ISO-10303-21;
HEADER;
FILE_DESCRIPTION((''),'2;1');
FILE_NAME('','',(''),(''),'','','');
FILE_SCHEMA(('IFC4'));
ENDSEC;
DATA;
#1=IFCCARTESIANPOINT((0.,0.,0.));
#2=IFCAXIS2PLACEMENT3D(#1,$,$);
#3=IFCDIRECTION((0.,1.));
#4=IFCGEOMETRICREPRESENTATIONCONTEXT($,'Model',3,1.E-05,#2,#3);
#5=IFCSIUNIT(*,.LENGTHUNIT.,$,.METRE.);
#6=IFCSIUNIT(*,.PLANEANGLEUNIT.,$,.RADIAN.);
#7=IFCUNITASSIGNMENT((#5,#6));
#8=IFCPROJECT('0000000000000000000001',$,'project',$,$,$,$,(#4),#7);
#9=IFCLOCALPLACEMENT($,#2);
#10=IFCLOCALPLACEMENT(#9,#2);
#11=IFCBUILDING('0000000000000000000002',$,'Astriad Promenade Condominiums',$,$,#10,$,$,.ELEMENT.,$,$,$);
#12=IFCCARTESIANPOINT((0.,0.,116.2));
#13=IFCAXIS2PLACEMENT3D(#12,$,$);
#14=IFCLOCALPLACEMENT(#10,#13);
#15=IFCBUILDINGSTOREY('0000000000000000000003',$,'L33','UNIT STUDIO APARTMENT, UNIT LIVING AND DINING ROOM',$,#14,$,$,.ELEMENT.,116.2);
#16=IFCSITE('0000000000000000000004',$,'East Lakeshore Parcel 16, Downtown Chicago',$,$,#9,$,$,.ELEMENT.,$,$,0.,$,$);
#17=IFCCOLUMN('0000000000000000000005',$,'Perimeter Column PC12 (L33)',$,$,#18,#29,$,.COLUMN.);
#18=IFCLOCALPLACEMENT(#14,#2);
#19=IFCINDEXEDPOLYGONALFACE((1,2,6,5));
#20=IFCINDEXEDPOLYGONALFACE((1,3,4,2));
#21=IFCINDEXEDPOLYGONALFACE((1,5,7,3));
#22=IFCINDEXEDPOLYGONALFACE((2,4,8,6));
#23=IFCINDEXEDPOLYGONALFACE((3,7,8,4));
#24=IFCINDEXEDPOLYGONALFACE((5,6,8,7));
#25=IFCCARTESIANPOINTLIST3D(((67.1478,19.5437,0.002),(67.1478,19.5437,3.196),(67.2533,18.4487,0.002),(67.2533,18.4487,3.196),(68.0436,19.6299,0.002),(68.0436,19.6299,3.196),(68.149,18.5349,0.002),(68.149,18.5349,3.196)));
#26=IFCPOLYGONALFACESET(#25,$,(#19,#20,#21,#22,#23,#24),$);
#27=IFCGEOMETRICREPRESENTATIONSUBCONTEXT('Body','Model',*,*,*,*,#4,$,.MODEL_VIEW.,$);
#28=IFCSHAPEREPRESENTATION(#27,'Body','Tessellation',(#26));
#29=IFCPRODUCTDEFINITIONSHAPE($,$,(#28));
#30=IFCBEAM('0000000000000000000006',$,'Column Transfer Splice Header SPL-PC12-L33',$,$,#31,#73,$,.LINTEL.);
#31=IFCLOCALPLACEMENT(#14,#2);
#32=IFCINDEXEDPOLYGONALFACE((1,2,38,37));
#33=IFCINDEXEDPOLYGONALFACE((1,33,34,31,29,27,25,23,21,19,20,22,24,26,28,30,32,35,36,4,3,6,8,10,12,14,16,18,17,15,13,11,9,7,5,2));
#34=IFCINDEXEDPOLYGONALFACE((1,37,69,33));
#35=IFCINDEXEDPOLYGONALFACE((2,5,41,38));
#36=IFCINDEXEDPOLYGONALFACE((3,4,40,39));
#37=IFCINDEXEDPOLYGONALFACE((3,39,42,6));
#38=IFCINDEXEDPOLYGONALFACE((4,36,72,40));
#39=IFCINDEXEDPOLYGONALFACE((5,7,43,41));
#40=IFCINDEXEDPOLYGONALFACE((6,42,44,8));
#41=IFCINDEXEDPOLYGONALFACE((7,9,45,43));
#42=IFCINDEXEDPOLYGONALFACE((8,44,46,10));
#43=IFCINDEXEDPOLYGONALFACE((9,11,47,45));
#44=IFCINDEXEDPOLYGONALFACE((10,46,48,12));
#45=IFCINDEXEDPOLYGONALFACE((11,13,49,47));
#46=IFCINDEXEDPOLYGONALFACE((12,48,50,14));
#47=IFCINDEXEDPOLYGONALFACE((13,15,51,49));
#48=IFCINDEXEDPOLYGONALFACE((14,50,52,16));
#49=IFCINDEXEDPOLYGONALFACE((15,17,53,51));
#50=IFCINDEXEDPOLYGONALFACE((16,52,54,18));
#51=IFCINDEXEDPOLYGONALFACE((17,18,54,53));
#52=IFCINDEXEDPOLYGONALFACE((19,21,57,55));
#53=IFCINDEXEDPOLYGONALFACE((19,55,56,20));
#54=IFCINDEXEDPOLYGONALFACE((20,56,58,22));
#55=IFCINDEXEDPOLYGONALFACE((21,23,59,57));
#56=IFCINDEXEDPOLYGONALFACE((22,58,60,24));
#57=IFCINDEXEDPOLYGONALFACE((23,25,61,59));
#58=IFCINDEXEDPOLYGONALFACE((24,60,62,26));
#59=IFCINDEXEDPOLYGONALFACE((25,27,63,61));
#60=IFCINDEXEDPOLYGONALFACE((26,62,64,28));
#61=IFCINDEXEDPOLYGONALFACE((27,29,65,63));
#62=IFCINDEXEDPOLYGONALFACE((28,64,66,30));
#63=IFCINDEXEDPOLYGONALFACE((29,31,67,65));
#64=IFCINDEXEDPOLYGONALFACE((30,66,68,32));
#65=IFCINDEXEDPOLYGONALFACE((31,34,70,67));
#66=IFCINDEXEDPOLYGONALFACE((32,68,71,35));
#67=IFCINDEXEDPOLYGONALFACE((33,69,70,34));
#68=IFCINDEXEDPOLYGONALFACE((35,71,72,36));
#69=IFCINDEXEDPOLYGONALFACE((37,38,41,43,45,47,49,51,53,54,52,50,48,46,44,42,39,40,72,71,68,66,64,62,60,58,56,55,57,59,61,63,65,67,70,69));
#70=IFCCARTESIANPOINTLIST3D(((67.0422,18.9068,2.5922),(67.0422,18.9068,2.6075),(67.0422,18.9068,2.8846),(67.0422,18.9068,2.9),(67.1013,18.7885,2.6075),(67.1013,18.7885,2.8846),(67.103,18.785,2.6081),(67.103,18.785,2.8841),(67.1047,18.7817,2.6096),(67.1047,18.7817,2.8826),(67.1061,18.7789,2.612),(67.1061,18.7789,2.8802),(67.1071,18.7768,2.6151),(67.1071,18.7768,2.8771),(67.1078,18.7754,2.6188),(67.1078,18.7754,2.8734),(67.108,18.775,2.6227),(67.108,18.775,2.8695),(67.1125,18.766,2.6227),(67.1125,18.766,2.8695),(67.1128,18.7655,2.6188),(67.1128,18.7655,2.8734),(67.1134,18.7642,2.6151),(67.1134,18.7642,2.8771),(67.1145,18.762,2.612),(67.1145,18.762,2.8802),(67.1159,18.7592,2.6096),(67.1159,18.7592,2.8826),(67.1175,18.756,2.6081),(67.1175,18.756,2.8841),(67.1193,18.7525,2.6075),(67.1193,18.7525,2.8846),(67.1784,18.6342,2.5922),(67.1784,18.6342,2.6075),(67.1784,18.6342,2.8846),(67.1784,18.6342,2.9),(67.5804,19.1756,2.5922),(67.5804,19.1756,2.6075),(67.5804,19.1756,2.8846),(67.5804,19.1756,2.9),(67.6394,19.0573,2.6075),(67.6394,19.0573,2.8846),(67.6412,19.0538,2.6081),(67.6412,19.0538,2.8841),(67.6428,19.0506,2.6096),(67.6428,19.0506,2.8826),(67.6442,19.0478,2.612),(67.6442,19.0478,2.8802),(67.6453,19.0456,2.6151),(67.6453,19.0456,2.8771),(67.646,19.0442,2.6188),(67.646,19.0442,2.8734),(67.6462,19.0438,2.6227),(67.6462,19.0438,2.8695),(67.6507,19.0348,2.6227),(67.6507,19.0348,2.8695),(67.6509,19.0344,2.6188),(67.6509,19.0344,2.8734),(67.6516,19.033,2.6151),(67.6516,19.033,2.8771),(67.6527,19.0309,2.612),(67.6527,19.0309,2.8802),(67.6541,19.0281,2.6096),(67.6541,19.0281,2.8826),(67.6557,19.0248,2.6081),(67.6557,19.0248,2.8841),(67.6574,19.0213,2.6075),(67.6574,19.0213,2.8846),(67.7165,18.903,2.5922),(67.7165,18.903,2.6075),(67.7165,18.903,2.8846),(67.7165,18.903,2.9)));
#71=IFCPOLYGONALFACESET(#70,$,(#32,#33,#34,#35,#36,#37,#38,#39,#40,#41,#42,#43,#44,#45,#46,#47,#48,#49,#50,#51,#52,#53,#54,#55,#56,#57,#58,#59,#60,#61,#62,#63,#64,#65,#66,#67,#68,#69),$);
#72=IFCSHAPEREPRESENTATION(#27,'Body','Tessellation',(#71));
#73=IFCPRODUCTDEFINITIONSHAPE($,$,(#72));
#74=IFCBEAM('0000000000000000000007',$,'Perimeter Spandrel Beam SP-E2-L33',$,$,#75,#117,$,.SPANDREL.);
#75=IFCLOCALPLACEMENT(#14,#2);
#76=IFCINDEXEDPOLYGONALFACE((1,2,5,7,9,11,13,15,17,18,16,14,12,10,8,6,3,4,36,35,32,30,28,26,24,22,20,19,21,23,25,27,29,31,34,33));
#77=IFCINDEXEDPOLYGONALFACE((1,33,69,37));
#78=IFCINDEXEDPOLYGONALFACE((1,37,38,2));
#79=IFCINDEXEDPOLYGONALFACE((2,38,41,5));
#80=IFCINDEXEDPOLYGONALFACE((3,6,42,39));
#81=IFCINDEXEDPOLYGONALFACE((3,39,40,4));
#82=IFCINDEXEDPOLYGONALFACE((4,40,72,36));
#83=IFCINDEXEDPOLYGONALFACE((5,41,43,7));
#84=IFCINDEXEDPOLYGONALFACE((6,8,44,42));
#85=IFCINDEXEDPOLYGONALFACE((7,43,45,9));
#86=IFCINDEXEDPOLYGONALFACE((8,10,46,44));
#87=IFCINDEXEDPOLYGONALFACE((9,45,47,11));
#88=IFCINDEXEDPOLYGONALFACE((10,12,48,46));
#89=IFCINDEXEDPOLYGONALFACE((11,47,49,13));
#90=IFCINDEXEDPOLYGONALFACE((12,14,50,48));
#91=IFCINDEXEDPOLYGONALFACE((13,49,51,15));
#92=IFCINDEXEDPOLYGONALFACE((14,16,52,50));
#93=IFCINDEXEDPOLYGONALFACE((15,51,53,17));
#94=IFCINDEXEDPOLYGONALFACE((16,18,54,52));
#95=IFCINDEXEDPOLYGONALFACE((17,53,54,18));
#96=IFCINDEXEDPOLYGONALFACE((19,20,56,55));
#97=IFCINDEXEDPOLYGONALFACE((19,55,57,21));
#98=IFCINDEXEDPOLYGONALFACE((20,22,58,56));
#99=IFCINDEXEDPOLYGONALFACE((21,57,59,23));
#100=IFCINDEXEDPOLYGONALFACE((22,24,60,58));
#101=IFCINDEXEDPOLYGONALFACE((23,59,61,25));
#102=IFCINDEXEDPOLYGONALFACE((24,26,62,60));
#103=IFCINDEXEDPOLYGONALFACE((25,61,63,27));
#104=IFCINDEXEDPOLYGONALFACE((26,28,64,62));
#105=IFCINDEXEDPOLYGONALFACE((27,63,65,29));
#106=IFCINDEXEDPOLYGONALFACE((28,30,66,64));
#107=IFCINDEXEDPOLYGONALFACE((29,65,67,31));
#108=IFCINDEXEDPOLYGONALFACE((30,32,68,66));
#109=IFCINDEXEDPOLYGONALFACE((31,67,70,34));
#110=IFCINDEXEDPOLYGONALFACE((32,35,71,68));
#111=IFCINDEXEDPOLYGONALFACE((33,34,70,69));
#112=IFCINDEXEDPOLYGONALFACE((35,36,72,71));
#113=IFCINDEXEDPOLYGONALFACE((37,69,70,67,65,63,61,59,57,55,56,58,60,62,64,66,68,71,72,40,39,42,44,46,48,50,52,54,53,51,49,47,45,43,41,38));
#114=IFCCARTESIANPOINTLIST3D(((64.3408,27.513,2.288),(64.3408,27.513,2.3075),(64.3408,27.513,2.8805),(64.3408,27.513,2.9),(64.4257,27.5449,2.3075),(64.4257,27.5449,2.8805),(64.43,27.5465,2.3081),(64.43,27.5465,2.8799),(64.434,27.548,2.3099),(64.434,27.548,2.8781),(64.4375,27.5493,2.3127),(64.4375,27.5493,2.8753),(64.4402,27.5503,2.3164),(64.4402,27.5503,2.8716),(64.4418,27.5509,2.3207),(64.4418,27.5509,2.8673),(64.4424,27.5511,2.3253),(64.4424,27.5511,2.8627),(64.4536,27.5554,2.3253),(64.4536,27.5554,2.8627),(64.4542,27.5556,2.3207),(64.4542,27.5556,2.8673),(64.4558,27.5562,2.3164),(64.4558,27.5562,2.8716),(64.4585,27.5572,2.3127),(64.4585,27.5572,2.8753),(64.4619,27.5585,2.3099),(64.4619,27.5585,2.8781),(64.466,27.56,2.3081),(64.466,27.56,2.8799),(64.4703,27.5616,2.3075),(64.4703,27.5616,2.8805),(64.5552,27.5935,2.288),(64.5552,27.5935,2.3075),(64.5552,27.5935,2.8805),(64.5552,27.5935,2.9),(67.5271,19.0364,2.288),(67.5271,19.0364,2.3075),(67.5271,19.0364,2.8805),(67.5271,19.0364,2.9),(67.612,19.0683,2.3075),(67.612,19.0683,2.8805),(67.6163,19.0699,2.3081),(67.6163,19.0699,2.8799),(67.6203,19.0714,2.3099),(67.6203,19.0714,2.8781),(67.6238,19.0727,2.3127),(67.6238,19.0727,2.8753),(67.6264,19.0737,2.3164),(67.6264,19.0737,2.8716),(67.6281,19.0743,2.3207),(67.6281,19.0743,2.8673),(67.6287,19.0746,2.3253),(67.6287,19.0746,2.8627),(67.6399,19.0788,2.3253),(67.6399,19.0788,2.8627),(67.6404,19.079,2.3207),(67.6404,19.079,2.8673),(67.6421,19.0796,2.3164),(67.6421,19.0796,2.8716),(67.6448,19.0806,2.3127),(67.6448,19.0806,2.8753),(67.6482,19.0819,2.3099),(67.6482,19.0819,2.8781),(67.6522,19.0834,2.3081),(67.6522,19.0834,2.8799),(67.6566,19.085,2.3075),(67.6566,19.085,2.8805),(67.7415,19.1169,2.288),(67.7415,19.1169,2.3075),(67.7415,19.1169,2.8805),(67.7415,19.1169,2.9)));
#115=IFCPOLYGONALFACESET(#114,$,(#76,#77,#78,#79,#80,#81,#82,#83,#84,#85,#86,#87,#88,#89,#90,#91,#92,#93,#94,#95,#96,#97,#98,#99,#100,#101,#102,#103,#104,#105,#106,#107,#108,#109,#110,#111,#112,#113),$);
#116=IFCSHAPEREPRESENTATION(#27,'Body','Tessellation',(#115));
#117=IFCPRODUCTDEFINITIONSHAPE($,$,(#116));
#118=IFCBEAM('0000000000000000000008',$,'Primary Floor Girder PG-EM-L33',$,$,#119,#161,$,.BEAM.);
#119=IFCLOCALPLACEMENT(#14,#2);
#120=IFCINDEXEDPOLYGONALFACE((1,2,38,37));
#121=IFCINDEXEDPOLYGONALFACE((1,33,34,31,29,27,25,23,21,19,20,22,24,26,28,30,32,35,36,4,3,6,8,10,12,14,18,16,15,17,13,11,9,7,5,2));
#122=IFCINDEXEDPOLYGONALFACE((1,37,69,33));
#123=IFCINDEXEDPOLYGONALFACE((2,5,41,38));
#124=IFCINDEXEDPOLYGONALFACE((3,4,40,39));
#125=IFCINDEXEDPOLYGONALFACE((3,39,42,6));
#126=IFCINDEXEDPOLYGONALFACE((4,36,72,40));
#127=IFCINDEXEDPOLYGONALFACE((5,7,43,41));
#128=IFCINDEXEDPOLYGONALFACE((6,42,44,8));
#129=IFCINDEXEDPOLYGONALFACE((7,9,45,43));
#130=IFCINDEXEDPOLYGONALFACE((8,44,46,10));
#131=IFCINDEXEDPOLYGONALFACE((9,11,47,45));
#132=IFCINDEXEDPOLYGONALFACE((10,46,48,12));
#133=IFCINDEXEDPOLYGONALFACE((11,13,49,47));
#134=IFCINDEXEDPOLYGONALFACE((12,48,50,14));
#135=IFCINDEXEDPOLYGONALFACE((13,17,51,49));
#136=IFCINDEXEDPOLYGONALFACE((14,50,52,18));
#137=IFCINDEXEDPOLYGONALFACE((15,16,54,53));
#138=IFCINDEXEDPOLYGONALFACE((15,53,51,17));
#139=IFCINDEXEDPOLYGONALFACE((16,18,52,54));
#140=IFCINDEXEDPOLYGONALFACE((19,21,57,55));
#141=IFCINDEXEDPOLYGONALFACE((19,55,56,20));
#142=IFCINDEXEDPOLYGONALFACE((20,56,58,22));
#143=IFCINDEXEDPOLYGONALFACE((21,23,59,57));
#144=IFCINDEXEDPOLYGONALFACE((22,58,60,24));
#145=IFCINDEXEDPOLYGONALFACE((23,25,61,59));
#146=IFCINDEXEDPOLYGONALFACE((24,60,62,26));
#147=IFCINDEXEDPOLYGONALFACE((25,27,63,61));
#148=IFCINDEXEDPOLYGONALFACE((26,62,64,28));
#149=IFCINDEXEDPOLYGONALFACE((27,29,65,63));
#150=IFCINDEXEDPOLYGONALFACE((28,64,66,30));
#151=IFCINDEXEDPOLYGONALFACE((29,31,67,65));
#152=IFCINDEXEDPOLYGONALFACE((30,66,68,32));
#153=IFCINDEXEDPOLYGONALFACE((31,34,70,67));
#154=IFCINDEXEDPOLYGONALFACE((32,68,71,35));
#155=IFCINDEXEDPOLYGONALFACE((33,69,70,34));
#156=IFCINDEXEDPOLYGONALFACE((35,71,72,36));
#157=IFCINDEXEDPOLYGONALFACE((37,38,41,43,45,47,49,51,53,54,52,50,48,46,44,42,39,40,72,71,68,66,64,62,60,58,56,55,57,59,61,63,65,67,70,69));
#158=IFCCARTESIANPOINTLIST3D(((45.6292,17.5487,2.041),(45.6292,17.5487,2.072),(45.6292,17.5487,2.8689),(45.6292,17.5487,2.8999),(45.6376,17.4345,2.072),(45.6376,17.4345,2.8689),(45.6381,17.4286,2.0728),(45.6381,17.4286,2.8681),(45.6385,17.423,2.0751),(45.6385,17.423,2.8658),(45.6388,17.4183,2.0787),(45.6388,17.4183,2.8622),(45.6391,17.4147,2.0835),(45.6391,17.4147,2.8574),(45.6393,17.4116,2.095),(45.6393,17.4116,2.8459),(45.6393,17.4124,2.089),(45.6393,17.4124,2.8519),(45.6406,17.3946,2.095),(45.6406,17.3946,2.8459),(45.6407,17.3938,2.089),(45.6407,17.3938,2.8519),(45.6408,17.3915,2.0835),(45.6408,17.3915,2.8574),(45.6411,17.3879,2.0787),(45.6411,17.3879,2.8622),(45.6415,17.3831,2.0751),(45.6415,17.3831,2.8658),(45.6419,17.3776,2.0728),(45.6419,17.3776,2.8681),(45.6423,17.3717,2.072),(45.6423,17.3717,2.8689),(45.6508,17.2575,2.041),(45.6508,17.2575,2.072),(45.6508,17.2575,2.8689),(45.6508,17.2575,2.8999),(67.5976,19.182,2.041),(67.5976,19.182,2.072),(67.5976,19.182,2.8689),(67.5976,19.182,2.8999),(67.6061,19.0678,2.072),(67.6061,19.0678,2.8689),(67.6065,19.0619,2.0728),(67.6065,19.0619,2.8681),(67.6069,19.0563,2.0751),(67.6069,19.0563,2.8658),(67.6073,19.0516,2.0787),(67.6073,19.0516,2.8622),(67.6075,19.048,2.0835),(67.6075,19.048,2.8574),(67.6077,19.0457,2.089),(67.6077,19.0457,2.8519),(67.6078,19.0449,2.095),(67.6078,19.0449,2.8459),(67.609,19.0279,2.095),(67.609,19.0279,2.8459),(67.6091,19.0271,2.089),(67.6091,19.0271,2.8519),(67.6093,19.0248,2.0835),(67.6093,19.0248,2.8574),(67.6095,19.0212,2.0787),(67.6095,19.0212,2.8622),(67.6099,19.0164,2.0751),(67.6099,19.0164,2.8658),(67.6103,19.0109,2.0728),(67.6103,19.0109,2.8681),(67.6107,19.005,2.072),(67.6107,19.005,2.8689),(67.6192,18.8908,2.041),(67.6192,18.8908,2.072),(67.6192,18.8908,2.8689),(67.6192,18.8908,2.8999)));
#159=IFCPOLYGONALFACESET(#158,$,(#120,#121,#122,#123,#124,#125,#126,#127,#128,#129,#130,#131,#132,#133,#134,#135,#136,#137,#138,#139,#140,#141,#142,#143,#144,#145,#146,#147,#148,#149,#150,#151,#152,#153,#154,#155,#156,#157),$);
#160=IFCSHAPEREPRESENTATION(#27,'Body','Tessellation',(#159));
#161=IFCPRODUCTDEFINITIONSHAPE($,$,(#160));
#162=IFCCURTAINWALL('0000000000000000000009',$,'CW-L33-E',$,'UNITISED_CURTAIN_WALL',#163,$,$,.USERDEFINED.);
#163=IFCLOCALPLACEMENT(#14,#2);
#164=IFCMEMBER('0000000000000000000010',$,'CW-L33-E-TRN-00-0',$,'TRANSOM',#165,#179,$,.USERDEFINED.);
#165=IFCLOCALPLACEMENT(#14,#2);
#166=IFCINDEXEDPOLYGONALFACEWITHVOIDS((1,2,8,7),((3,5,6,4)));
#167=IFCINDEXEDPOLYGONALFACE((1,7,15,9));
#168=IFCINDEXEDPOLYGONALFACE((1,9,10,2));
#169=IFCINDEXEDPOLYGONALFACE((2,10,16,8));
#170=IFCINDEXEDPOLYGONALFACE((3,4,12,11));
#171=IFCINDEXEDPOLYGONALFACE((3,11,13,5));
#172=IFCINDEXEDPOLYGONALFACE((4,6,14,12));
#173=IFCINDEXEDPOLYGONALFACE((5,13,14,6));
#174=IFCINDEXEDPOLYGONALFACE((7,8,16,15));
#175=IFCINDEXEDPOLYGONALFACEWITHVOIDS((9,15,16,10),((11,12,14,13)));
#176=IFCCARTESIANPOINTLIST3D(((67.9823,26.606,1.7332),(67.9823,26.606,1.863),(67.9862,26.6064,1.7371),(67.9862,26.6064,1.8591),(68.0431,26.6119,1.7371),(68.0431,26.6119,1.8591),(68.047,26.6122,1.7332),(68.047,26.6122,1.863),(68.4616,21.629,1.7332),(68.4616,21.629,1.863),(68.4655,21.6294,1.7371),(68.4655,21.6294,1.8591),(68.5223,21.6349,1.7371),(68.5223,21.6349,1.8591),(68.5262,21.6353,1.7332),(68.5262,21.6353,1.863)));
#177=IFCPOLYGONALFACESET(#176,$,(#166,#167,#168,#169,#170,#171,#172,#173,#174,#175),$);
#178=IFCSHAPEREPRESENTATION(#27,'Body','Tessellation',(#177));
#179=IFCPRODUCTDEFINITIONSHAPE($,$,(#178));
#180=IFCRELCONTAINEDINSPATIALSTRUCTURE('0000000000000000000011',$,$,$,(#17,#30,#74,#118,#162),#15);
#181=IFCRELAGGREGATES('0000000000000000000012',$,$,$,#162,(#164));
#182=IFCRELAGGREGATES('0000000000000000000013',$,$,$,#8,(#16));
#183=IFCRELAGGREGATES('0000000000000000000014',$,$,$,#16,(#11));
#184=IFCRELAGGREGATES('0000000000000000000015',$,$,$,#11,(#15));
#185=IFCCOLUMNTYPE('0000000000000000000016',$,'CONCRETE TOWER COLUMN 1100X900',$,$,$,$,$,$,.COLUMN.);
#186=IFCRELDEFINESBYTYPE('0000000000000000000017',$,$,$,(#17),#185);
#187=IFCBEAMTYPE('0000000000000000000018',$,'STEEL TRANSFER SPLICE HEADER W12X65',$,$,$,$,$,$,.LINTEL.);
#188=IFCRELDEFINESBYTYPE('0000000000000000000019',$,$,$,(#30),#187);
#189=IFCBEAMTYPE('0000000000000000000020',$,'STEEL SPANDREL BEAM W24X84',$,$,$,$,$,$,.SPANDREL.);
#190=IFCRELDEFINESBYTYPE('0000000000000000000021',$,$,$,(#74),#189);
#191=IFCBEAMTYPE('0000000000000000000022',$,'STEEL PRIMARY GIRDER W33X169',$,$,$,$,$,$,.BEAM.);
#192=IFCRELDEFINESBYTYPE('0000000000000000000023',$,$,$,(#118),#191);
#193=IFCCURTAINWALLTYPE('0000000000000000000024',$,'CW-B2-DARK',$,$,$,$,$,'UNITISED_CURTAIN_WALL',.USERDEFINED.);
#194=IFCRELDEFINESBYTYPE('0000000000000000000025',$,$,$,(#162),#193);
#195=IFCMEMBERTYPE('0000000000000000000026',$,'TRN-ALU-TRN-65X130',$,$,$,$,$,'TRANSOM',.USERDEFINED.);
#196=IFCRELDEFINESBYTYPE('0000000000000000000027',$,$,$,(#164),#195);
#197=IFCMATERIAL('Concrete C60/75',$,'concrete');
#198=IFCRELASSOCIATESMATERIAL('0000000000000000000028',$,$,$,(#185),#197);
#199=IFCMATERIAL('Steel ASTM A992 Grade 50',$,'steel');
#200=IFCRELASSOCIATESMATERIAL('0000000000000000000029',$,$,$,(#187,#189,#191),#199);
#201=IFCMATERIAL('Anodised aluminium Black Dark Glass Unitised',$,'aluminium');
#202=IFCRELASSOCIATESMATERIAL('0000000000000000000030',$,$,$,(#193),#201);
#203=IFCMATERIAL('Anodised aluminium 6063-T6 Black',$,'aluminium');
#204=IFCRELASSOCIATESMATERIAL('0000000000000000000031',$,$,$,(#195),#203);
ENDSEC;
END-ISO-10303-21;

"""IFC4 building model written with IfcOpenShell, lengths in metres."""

from ifc_helpers import new_model, si_unit, direction, frame, origin, origin_2d, place, context, subcontext, project, spatial, rectangle, hollow_rectangle, i_section, extrude, source, transform, mapped, material, material_profile, profile_set, type_object, type_shapes, element, aggregate, save


model = new_model("IFC4")

# Units and contexts
model_context = context("Model", 3, precision=1e-05, world=origin(), true_north=direction((0.0, 1.0)))
body_context = subcontext(model_context, "Body", "Model", "MODEL_VIEW")
ifc_project = project(units=[si_unit("LENGTHUNIT", "METRE"), si_unit("PLANEANGLEUNIT", "RADIAN")], contexts=[model_context])

# Site, building, storey
site_placement = place(None, origin())
site = spatial("IfcSite", under=ifc_project, at=site_placement, Name="East Lakeshore Parcel 16, Downtown Chicago", CompositionType="ELEMENT", RefElevation=0.0)
building_placement = place(site_placement, origin())
building = spatial("IfcBuilding", under=site, at=building_placement, Name="Astriad Promenade Condominiums", CompositionType="ELEMENT")
storey_placement = place(building_placement, frame((0.0, 0.0, 116.2)))
storey = spatial("IfcBuildingStorey", under=building, at=storey_placement, Name="L33", Description="UNIT STUDIO APARTMENT, UNIT LIVING AND DINING ROOM", CompositionType="ELEMENT", Elevation=116.2)

# Column
ifc_material_1 = material(Name="Concrete C60/75", Category="concrete")
ifc_material_profile_1 = material_profile(ifc_material_1, rectangle(XDim=0.8999, YDim=1.1001, at=origin_2d()), Name="RC-COL-1100X900")
ifc_profile_set_1 = profile_set([ifc_material_profile_1], Name="Concrete C60/75")
column_type = type_object("IfcColumnType", Name="CONCRETE TOWER COLUMN 1100X900", PredefinedType="COLUMN", material=ifc_profile_set_1)
shared_shape_1 = source(origin(), body_context, "Body", "SweptSolid", [
    extrude(rectangle(XDim=0.8999, YDim=1.1001, at=origin_2d()), origin(), (0.0, 0.0, 1.0), 3.1941),
])
type_shapes(column_type, [shared_shape_1])
column_placement = place(storey_placement, frame((67.6484, 19.0393, 0.002), z_axis=(0.0, 0.0, 1.0), x_axis=(0.995396, 0.095846, 0.0)))
element("IfcColumn", 1, at=column_placement, inside=storey, type_object=column_type, Name="Perimeter Column PC12 (L33)", PredefinedType="COLUMN", context=body_context, shape_type="MappedRepresentation", body=[
    mapped(shared_shape_1, transform((0.0, 0.0, 0.0), scale=1.0)),
])

# Beams
ifc_material_2 = material(Name="Steel ASTM A992 Grade 50", Category="steel")
ifc_material_profile_2 = material_profile(ifc_material_2, i_section(OverallWidth=0.3047, OverallDepth=0.3079, WebThickness=0.01, FlangeThickness=0.0154, FilletRadius=0.0151, at=origin_2d()), Name="W12X65")
ifc_profile_set_2 = profile_set([ifc_material_profile_2], Name="Steel ASTM A992 Grade 50")
beam_type_1 = type_object("IfcBeamType", Name="STEEL TRANSFER SPLICE HEADER W12X65", PredefinedType="LINTEL", material=ifc_profile_set_2)
shared_shape_2 = source(origin(), body_context, "Body", "SweptSolid", [
    extrude(i_section(OverallWidth=0.3047, OverallDepth=0.3079, WebThickness=0.01, FlangeThickness=0.0154, FilletRadius=0.0151, at=origin_2d()), origin(), (0.0, 0.0, 1.0), 0.6016),
])
type_shapes(beam_type_1, [shared_shape_2])
beam_1_placement = place(storey_placement, frame((67.6484, 19.0393, 2.7461), z_axis=(-0.894589, -0.446889, 0.0), x_axis=(0.446889, -0.894589, 0.0)))
element("IfcBeam", 2, at=beam_1_placement, inside=storey, type_object=beam_type_1, Name="Column Transfer Splice Header SPL-PC12-L33", PredefinedType="LINTEL", context=body_context, shape_type="MappedRepresentation", body=[
    mapped(shared_shape_2, transform((0.0, 0.0, 0.0), scale=1.0)),
])
ifc_material_profile_3 = material_profile(ifc_material_2, i_section(OverallWidth=0.229, OverallDepth=0.6121, WebThickness=0.012, FlangeThickness=0.0195, FilletRadius=0.0178, at=origin_2d()), Name="W24X84")
ifc_profile_set_3 = profile_set([ifc_material_profile_3], Name="Steel ASTM A992 Grade 50")
beam_type_2 = type_object("IfcBeamType", Name="STEEL SPANDREL BEAM W24X84", PredefinedType="SPANDREL", material=ifc_profile_set_3)
shared_shape_3 = source(origin(), body_context, "Body", "SweptSolid", [
    extrude(i_section(OverallWidth=0.229, OverallDepth=0.6121, WebThickness=0.012, FlangeThickness=0.0195, FilletRadius=0.0178, at=origin_2d()), origin(), (0.0, 0.0, 1.0), 9.0557),
])
type_shapes(beam_type_2, [shared_shape_3])
beam_2_placement = place(storey_placement, frame((67.6343, 19.0767, 2.594), z_axis=(-0.351856, 0.936054, 0.0), x_axis=(-0.936054, -0.351856, 0.0)))
element("IfcBeam", 3, at=beam_2_placement, inside=storey, type_object=beam_type_2, Name="Perimeter Spandrel Beam SP-E2-L33", PredefinedType="SPANDREL", context=body_context, shape_type="MappedRepresentation", body=[
    mapped(shared_shape_3, transform((0.0, 0.0, 0.0), scale=1.0)),
])
ifc_material_profile_4 = material_profile(ifc_material_2, i_section(OverallWidth=0.292, OverallDepth=0.8589, WebThickness=0.0171, FlangeThickness=0.031, FilletRadius=0.0229, at=origin_2d()), Name="W33X169")
ifc_profile_set_4 = profile_set([ifc_material_profile_4], Name="Steel ASTM A992 Grade 50")
beam_type_3 = type_object("IfcBeamType", Name="STEEL PRIMARY GIRDER W33X169", PredefinedType="BEAM", material=ifc_profile_set_4)
shared_shape_4 = source(origin(), body_context, "Body", "SweptSolid", [
    extrude(i_section(OverallWidth=0.292, OverallDepth=0.8589, WebThickness=0.0171, FlangeThickness=0.031, FilletRadius=0.0229, at=origin_2d()), origin(), (0.0, 0.0, 1.0), 22.0291),
])
type_shapes(beam_type_3, [shared_shape_4])
beam_3_placement = place(storey_placement, frame((67.6084, 19.0364, 2.4705), z_axis=(-0.997248, -0.074143, 0.0), x_axis=(0.074143, -0.997248, 0.0)))
element("IfcBeam", 4, at=beam_3_placement, inside=storey, type_object=beam_type_3, Name="Primary Floor Girder PG-EM-L33", PredefinedType="BEAM", context=body_context, shape_type="MappedRepresentation", body=[
    mapped(shared_shape_4, transform((0.0, 0.0, 0.0), scale=1.0)),
])

# Curtain wall, member
ifc_material_3 = material(Name="Anodised aluminium Black Dark Glass Unitised", Category="aluminium")
curtain_wall_type = type_object("IfcCurtainWallType", Name="CW-B2-DARK", ElementType="UNITISED_CURTAIN_WALL", PredefinedType="USERDEFINED", material=ifc_material_3)
curtain_wall_placement = place(storey_placement, origin())
curtain_wall = element("IfcCurtainWall", 5, at=curtain_wall_placement, inside=storey, type_object=curtain_wall_type, Name="CW-L33-E", ObjectType="UNITISED_CURTAIN_WALL", PredefinedType="USERDEFINED")
ifc_material_4 = material(Name="Anodised aluminium 6063-T6 Black", Category="aluminium")
ifc_material_profile_5 = material_profile(ifc_material_4, hollow_rectangle(XDim=0.0649, YDim=0.1299, WallThickness=0.0039, at=origin_2d()), Name="ALU-TRN-65X130")
ifc_profile_set_5 = profile_set([ifc_material_profile_5], Name="Anodised aluminium 6063-T6 Black")
member_type_1 = type_object("IfcMemberType", Name="TRN-ALU-TRN-65X130", ElementType="TRANSOM", PredefinedType="USERDEFINED", material=ifc_profile_set_5)
shared_shape_5 = source(origin(), body_context, "Body", "SweptSolid", [
    extrude(hollow_rectangle(XDim=0.0649, YDim=0.1299, WallThickness=0.0039, at=origin_2d()), origin(), (0.0, 0.0, 1.0), 5.0),
])
member_1_placement = place(storey_placement, frame((68.0146, 26.6091, 1.7981), z_axis=(0.095848, -0.995396, 0.0), x_axis=(0.995396, 0.095848, 0.0)))
member_1 = element("IfcMember", 6, at=member_1_placement, type_object=member_type_1, Name="CW-L33-E-TRN-00-0", ObjectType="TRANSOM", PredefinedType="USERDEFINED", context=body_context, shape_type="MappedRepresentation", body=[
    mapped(shared_shape_5, transform((0.0, 0.0, 0.0), scale=1.0)),
])
aggregate(curtain_wall, [member_1])

save(model, "model.ifc")
